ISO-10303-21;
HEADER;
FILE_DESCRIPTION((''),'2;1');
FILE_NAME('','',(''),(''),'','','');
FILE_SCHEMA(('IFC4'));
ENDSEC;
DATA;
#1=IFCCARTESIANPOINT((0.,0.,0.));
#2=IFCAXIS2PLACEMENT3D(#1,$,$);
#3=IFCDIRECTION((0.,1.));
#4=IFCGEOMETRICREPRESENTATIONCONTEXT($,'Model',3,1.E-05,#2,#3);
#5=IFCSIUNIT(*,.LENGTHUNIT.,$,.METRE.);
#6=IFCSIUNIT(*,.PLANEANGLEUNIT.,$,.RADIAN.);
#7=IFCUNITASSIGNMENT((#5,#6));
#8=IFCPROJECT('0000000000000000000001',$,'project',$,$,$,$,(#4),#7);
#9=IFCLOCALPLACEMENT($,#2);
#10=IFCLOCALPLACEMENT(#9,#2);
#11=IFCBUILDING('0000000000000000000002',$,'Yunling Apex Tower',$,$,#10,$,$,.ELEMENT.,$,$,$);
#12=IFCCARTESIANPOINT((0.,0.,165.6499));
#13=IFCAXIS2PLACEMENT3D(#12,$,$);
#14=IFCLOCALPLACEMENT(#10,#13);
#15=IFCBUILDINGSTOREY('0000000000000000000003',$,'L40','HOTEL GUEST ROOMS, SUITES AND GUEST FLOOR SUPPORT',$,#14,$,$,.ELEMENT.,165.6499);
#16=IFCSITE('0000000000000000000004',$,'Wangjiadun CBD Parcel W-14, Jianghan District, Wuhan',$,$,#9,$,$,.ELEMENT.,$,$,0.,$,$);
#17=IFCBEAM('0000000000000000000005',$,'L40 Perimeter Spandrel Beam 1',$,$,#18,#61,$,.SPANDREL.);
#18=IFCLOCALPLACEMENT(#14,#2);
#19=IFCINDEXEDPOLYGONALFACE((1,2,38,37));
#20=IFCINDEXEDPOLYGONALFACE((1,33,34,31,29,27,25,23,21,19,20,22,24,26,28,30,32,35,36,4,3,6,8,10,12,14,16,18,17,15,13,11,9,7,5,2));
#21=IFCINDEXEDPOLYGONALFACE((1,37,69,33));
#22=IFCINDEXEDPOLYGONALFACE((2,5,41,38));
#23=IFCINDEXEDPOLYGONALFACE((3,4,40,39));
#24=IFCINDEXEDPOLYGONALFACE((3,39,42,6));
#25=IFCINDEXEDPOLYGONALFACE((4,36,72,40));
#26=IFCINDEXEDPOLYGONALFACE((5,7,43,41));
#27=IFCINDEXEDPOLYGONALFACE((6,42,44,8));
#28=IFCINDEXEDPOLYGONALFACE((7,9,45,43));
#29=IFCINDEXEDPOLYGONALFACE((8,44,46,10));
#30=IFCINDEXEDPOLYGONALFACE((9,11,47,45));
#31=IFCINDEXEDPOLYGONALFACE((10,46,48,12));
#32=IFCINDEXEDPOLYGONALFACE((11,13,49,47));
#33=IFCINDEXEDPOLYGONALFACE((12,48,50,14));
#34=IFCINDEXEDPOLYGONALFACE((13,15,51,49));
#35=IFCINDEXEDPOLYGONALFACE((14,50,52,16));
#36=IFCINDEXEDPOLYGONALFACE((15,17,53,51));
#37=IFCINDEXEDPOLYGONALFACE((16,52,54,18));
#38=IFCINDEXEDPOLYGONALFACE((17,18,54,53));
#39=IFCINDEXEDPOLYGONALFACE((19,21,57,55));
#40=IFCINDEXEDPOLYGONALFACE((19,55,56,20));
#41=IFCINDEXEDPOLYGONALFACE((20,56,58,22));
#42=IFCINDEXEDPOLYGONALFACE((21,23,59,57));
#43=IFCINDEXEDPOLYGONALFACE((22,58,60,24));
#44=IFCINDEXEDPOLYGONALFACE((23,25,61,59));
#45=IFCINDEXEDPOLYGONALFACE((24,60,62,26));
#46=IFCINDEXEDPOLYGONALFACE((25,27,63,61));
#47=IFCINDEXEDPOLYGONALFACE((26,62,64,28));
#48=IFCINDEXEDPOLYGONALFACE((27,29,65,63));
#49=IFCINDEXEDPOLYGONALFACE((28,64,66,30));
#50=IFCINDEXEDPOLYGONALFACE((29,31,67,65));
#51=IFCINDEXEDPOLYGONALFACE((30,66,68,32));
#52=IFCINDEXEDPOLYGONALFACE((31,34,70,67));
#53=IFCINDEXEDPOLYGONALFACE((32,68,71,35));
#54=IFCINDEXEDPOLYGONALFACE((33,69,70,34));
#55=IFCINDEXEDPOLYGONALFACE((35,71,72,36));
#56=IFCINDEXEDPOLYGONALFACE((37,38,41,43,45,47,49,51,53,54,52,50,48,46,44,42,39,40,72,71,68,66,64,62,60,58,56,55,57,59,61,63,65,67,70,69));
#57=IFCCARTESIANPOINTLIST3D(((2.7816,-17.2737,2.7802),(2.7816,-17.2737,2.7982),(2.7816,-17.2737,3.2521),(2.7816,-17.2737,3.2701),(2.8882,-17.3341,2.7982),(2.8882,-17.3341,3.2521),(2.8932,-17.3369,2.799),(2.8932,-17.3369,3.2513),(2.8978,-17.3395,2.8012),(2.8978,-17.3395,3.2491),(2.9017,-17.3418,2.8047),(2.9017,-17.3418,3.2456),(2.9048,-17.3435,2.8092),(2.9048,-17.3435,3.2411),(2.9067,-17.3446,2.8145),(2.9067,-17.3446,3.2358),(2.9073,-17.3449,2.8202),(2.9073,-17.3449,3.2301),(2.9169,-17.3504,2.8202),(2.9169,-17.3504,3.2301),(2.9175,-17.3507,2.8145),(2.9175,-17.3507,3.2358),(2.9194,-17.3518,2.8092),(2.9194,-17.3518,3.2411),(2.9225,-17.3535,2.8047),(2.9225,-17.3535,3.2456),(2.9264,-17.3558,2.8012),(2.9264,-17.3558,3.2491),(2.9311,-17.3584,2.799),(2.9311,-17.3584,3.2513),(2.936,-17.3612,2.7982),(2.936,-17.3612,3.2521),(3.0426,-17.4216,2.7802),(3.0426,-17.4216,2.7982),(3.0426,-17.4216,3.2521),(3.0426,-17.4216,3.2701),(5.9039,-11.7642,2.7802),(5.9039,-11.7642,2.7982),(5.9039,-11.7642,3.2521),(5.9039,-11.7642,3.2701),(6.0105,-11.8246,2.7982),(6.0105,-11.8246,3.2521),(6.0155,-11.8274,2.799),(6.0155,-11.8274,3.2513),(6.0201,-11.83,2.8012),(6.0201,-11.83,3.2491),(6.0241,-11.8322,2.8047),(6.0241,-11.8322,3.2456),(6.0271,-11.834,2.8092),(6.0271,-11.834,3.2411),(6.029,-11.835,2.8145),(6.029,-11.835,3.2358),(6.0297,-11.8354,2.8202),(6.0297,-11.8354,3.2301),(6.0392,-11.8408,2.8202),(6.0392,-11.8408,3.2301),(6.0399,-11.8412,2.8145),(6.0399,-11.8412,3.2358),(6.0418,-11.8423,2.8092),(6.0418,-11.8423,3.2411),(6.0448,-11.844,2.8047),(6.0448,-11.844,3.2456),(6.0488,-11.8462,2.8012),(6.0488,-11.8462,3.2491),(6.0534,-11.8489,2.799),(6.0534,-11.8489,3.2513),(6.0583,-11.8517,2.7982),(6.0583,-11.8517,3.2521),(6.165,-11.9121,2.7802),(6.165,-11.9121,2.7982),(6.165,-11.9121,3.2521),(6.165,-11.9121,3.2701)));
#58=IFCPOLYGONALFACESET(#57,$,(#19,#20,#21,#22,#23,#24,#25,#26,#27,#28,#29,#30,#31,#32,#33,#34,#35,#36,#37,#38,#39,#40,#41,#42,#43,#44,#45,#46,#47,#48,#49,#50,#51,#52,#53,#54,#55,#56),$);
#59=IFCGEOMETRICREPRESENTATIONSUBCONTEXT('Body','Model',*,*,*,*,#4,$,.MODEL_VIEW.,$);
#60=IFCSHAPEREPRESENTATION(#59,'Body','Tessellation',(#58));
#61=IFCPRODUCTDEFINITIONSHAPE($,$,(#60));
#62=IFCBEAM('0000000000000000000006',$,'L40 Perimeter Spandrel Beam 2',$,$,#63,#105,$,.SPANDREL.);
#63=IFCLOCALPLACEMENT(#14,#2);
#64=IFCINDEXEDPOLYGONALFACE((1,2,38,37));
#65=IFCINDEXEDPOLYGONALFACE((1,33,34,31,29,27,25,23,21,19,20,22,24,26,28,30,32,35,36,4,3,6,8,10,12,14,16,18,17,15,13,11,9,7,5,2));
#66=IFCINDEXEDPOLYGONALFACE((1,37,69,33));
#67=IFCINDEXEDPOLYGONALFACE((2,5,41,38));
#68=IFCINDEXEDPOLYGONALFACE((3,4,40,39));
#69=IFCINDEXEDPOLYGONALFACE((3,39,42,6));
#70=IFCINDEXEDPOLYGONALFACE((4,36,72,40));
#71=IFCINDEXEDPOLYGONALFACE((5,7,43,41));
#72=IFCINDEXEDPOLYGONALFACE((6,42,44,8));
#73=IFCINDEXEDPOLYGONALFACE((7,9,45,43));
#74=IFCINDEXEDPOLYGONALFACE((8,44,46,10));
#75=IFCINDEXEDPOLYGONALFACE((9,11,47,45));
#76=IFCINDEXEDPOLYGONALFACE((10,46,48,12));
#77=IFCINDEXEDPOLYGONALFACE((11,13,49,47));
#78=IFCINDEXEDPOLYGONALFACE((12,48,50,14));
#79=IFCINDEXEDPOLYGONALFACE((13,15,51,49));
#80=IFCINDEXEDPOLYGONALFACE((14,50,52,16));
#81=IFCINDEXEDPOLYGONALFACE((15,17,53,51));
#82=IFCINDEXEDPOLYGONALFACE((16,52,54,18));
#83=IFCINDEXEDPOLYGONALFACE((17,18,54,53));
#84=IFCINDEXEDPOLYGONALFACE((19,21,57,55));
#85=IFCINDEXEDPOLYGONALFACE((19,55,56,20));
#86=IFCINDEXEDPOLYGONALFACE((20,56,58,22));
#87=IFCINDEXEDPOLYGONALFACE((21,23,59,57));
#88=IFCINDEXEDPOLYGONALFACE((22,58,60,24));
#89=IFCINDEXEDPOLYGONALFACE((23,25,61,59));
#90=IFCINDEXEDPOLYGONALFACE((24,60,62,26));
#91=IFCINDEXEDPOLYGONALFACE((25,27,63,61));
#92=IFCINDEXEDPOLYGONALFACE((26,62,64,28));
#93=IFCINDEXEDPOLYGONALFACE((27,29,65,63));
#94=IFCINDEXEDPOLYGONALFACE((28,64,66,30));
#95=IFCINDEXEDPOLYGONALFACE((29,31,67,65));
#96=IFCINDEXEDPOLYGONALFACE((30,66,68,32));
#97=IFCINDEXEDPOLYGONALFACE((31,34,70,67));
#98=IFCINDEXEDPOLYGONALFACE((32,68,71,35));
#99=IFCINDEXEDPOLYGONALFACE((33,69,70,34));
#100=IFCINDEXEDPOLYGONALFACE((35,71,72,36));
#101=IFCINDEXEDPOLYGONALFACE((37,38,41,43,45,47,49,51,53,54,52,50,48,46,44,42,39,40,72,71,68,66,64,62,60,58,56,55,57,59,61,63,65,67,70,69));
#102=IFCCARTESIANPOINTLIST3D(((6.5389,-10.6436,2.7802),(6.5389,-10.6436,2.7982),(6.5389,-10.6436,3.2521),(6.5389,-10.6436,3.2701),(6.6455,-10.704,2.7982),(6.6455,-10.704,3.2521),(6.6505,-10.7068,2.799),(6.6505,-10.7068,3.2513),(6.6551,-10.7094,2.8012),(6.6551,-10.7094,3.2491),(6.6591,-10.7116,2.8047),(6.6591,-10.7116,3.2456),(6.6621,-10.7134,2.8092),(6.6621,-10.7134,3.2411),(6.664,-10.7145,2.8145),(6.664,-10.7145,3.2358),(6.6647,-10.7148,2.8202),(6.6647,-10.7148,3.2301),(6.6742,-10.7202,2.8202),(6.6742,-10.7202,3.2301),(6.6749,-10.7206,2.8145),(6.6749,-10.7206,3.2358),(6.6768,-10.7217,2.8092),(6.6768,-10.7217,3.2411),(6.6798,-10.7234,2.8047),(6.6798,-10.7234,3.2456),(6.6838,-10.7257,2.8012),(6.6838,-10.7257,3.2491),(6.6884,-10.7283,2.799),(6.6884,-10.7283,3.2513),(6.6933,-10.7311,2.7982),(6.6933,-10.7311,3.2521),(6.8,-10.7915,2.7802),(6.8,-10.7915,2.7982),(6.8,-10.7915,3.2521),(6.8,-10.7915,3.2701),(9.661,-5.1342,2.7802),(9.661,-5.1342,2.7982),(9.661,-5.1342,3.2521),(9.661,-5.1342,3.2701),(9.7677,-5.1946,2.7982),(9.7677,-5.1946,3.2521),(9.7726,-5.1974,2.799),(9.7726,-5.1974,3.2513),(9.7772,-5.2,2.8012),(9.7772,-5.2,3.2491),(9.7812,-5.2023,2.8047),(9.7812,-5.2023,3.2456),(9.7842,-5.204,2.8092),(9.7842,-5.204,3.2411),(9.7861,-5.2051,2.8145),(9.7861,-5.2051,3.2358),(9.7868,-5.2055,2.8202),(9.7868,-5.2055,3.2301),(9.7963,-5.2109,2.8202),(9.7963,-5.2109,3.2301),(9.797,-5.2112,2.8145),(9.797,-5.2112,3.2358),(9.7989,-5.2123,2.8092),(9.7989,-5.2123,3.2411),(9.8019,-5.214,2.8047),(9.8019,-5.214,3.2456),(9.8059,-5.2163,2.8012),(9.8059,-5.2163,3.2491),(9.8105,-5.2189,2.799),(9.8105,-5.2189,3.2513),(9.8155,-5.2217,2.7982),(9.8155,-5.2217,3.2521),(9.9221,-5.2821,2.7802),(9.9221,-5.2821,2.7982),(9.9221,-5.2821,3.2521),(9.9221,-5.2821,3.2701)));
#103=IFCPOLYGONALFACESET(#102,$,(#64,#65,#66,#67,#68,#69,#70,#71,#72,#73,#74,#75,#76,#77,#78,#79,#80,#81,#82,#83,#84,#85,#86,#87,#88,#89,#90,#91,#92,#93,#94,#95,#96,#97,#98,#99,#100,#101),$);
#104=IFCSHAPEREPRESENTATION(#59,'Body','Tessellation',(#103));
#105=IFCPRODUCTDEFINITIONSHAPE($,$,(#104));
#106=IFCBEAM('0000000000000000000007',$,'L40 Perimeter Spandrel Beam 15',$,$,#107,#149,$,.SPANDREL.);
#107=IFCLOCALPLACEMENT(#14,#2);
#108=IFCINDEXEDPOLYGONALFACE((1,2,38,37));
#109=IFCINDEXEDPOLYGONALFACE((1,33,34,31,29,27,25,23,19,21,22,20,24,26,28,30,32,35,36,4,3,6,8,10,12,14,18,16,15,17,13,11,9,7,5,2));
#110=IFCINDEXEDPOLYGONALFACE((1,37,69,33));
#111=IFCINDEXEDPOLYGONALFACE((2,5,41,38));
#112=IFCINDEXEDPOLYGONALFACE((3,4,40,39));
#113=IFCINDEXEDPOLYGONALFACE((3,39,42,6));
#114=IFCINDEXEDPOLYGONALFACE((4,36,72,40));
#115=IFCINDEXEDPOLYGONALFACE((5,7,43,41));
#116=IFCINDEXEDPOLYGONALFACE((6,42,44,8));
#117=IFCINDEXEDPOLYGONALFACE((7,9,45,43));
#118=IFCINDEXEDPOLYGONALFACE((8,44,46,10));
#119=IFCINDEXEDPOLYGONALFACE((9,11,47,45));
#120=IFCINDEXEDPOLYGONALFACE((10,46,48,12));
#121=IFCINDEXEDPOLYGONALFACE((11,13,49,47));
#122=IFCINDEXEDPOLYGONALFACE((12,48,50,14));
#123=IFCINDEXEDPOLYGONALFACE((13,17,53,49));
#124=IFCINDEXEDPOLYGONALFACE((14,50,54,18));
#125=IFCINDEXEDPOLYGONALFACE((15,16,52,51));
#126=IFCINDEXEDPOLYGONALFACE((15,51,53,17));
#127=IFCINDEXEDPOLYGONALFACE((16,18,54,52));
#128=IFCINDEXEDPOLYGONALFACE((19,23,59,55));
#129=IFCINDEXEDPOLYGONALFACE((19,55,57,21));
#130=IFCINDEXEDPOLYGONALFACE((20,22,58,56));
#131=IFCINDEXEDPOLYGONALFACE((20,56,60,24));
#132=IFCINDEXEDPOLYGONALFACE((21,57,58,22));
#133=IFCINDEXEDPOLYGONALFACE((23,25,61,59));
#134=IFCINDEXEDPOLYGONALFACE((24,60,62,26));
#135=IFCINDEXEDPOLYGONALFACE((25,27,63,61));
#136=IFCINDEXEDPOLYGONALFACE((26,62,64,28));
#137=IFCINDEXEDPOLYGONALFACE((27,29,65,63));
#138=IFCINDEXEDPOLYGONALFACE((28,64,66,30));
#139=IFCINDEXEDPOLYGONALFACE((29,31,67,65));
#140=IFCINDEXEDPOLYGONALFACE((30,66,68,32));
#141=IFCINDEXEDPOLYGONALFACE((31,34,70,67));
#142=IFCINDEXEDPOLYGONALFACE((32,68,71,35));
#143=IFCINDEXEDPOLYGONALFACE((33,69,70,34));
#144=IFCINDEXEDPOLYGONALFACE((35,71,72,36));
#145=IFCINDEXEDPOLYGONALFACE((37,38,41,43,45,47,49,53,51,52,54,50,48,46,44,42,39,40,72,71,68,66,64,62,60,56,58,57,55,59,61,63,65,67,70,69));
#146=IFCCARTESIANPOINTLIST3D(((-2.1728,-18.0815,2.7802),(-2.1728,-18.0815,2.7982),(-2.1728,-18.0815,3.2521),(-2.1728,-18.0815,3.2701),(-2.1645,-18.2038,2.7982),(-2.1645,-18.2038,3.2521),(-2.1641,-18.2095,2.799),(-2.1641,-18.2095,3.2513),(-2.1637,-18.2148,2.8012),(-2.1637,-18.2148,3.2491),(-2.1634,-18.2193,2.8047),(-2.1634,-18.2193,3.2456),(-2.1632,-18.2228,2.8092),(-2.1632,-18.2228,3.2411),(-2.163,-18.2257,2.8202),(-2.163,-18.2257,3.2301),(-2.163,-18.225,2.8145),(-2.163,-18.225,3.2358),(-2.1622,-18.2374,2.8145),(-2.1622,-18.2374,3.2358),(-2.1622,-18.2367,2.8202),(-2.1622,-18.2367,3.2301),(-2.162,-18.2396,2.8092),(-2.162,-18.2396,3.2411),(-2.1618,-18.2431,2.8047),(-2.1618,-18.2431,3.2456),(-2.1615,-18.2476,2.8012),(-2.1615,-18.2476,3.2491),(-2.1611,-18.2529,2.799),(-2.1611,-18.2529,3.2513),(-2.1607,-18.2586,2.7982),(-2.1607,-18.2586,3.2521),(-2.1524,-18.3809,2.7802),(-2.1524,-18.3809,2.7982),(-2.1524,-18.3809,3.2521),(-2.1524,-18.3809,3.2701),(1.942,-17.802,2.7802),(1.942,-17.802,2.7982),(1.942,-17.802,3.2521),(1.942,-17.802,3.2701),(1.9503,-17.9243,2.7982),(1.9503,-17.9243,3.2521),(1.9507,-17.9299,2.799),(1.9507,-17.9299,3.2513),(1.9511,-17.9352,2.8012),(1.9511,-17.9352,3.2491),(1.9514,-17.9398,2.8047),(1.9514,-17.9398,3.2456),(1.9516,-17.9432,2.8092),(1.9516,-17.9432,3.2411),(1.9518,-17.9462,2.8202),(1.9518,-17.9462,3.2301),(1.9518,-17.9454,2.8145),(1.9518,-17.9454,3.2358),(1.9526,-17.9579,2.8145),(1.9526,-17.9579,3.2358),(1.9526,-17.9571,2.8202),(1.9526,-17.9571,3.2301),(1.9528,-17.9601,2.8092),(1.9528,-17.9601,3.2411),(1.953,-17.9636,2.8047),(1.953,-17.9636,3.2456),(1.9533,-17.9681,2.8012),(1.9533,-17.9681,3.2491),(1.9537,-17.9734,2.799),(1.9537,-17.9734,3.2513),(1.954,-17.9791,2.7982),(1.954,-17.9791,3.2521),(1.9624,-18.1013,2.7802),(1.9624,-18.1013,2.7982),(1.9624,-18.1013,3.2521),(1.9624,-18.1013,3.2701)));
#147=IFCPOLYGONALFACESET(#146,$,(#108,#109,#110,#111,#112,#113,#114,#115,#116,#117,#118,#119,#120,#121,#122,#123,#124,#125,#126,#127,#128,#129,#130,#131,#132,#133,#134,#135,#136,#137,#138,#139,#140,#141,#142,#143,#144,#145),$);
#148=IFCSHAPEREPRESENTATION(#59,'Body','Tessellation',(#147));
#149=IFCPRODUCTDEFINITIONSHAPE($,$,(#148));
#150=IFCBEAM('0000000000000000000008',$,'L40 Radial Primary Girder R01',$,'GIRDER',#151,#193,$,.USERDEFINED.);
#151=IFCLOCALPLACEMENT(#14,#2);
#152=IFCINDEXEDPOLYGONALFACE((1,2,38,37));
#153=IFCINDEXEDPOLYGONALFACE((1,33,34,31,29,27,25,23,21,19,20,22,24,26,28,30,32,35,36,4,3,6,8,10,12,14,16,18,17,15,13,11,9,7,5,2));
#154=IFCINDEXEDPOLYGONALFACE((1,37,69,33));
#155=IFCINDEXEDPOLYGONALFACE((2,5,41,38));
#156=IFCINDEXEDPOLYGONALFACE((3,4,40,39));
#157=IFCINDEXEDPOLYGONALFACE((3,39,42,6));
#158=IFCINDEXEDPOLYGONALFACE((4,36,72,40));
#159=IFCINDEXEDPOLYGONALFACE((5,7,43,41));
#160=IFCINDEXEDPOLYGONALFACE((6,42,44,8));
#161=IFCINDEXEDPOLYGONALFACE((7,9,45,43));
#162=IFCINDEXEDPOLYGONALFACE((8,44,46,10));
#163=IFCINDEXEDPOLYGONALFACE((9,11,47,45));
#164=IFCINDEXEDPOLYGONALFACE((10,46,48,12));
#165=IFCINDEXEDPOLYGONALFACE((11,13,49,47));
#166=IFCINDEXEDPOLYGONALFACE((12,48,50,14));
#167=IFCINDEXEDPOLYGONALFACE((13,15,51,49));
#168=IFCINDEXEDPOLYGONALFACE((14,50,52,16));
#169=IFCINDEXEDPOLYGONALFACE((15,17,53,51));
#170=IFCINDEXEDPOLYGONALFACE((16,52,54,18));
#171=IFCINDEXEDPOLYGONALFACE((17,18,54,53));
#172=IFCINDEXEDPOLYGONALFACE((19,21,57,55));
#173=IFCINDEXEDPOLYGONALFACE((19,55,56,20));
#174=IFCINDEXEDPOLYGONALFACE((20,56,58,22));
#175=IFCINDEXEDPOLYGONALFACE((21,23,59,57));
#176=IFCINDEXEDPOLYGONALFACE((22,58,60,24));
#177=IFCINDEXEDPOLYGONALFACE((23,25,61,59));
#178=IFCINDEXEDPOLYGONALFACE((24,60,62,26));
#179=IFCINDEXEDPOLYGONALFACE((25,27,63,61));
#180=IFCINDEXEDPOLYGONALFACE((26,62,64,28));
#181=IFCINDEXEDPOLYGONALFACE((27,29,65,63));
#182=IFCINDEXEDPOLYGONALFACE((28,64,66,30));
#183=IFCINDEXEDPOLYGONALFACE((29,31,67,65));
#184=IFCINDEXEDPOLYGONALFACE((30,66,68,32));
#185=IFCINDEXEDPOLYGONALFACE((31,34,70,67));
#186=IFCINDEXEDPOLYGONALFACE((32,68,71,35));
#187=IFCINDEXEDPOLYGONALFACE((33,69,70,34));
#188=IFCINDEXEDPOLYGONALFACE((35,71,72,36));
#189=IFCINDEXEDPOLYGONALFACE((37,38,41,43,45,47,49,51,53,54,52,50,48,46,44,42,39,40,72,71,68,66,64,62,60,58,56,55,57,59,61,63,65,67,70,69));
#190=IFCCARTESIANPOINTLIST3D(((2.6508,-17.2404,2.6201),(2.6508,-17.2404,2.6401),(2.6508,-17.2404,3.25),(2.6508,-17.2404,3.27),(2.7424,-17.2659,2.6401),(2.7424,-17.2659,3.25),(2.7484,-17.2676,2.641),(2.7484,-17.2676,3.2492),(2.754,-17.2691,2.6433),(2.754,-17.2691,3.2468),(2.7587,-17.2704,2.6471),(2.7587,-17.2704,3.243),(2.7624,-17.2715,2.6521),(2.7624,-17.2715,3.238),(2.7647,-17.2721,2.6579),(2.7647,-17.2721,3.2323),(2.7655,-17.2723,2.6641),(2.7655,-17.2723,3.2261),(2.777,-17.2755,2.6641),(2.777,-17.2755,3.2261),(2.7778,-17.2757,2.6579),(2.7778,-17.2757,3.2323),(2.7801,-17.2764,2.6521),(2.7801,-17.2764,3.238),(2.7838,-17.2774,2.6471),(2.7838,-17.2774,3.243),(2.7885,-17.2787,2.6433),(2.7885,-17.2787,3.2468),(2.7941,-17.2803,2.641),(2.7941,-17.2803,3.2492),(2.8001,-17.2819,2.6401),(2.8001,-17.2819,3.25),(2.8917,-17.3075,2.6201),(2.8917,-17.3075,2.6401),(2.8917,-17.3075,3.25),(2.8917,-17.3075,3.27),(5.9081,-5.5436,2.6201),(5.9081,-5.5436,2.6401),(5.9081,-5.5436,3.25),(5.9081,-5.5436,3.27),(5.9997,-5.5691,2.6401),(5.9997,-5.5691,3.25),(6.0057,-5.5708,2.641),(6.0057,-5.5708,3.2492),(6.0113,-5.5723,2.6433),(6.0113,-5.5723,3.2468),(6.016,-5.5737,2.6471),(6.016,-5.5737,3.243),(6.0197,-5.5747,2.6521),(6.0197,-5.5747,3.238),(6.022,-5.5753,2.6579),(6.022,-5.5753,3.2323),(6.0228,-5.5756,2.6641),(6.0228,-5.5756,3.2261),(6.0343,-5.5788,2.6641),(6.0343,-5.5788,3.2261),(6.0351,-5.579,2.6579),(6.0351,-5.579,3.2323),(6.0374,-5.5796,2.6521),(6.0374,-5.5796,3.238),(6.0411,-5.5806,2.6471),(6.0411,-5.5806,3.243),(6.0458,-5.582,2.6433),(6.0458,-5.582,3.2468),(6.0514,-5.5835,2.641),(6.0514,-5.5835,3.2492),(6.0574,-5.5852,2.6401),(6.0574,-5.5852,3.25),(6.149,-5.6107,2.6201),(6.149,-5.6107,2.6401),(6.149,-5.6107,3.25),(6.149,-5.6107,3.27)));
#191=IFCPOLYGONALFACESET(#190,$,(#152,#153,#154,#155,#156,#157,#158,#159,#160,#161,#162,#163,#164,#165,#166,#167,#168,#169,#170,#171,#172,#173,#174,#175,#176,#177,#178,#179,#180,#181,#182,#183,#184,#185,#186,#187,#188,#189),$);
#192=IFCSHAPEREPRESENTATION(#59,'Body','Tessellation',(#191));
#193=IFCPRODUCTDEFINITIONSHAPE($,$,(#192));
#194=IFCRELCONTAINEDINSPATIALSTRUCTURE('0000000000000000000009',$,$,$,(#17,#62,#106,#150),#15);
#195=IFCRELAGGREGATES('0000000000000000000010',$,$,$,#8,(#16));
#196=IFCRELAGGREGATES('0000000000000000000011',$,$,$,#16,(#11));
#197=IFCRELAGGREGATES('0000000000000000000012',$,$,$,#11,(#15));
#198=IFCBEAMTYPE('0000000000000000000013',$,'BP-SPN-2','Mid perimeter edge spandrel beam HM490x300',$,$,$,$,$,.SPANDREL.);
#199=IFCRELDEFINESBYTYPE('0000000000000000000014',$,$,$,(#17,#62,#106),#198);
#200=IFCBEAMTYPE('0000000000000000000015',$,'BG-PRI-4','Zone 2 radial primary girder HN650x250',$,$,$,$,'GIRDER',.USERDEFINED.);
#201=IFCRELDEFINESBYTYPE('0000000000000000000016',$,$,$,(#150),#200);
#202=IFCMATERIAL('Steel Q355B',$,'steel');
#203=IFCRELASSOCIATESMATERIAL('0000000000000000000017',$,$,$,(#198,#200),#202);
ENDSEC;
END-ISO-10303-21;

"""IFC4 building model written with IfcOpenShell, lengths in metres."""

from ifc_helpers import new_model, si_unit, direction, frame, origin, origin_2d, place, context, subcontext, project, spatial, i_section, extrude, source, transform, mapped, material, material_profile, profile_set, type_object, element, save


model = new_model("IFC4")

# Units and contexts
model_context = context("Model", 3, precision=1e-05, world=origin(), true_north=direction((0.0, 1.0)))
body_context = subcontext(model_context, "Body", "Model", "MODEL_VIEW")
ifc_project = project(units=[si_unit("LENGTHUNIT", "METRE"), si_unit("PLANEANGLEUNIT", "RADIAN")], contexts=[model_context])

# Site, building, storey
site_placement = place(None, origin())
site = spatial("IfcSite", under=ifc_project, at=site_placement, Name="Wangjiadun CBD Parcel W-14, Jianghan District, Wuhan", CompositionType="ELEMENT", RefElevation=0.0)
building_placement = place(site_placement, origin())
building = spatial("IfcBuilding", under=site, at=building_placement, Name="Yunling Apex Tower", CompositionType="ELEMENT")
storey_placement = place(building_placement, frame((0.0, 0.0, 165.6499)))
storey = spatial("IfcBuildingStorey", under=building, at=storey_placement, Name="L40", Description="HOTEL GUEST ROOMS, SUITES AND GUEST FLOOR SUPPORT", CompositionType="ELEMENT", Elevation=165.6499)

# Beams
ifc_material_1 = material(Name="Steel Q355B", Category="steel")
ifc_material_profile_1 = material_profile(ifc_material_1, i_section(OverallWidth=0.3, OverallDepth=0.49, WebThickness=0.011, FlangeThickness=0.0181, FilletRadius=0.022, at=origin_2d()))
ifc_profile_set_1 = profile_set([ifc_material_profile_1], Name="Steel Q355B")
beam_type_1 = type_object("IfcBeamType", Name="BP-SPN-2", Description="Mid perimeter edge spandrel beam HM490x300", PredefinedType="SPANDREL", material=ifc_profile_set_1)
shared_shape_1 = source(origin(), body_context, "Body", "SweptSolid", [
    extrude(i_section(OverallWidth=0.3, OverallDepth=0.49, WebThickness=0.011, FlangeThickness=0.0181, FilletRadius=0.022, at=origin_2d()), origin(), (0.0, 0.0, 1.0), 6.3328),
])
beam_1_placement = place(storey_placement, frame((2.9121, -17.3477, 3.0251), z_axis=(0.493043, 0.870005, 0.0), x_axis=(-0.870005, 0.493043, 0.0)))
element("IfcBeam", 1, at=beam_1_placement, inside=storey, type_object=beam_type_1, Name="L40 Perimeter Spandrel Beam 1", PredefinedType="SPANDREL", context=body_context, shape_type="MappedRepresentation", body=[
    mapped(shared_shape_1, transform((0.0, 0.0, 0.0), scale=1.0)),
])
shared_shape_2 = source(origin(), body_context, "Body", "SweptSolid", [
    extrude(i_section(OverallWidth=0.3, OverallDepth=0.49, WebThickness=0.011, FlangeThickness=0.0181, FilletRadius=0.022, at=origin_2d()), origin(), (0.0, 0.0, 1.0), 6.3325),
])
beam_2_placement = place(storey_placement, frame((6.6694, -10.7175, 3.0251), z_axis=(0.49303, 0.870012, 0.0), x_axis=(-0.870012, 0.49303, 0.0)))
element("IfcBeam", 2, at=beam_2_placement, inside=storey, type_object=beam_type_1, Name="L40 Perimeter Spandrel Beam 2", PredefinedType="SPANDREL", context=body_context, shape_type="MappedRepresentation", body=[
    mapped(shared_shape_2, transform((0.0, 0.0, 0.0), scale=1.0)),
])
shared_shape_3 = source(origin(), body_context, "Body", "SweptSolid", [
    extrude(i_section(OverallWidth=0.3, OverallDepth=0.49, WebThickness=0.011, FlangeThickness=0.0181, FilletRadius=0.022, at=origin_2d()), origin(), (0.0, 0.0, 1.0), 4.1243),
])
beam_3_placement = place(storey_placement, frame((-2.1626, -18.2312, 3.0251), z_axis=(0.9977, 0.06778, 0.0), x_axis=(-0.06778, 0.9977, 0.0)))
element("IfcBeam", 3, at=beam_3_placement, inside=storey, type_object=beam_type_1, Name="L40 Perimeter Spandrel Beam 15", PredefinedType="SPANDREL", context=body_context, shape_type="MappedRepresentation", body=[
    mapped(shared_shape_3, transform((0.0, 0.0, 0.0), scale=1.0)),
])
ifc_material_profile_2 = material_profile(ifc_material_1, i_section(OverallWidth=0.25, OverallDepth=0.6499, WebThickness=0.012, FlangeThickness=0.02, FilletRadius=0.0239, at=origin_2d()))
ifc_profile_set_2 = profile_set([ifc_material_profile_2], Name="Steel Q355B")
beam_type_2 = type_object("IfcBeamType", Name="BG-PRI-4", Description="Zone 2 radial primary girder HN650x250", ElementType="GIRDER", PredefinedType="USERDEFINED", material=ifc_profile_set_2)
shared_shape_4 = source(origin(), body_context, "Body", "SweptSolid", [
    extrude(i_section(OverallWidth=0.25, OverallDepth=0.6499, WebThickness=0.012, FlangeThickness=0.02, FilletRadius=0.0239, at=origin_2d()), origin(), (0.0, 0.0, 1.0), 12.1418),
])
beam_4_placement = place(storey_placement, frame((2.7712, -17.2739, 2.9451), z_axis=(0.268272, 0.963343, 0.0), x_axis=(-0.963343, 0.268272, 0.0)))
element("IfcBeam", 4, at=beam_4_placement, inside=storey, type_object=beam_type_2, Name="L40 Radial Primary Girder R01", ObjectType="GIRDER", PredefinedType="USERDEFINED", context=body_context, shape_type="MappedRepresentation", body=[
    mapped(shared_shape_4, transform((0.0, 0.0, 0.0), scale=1.0)),
])

save(model, "model.ifc")
